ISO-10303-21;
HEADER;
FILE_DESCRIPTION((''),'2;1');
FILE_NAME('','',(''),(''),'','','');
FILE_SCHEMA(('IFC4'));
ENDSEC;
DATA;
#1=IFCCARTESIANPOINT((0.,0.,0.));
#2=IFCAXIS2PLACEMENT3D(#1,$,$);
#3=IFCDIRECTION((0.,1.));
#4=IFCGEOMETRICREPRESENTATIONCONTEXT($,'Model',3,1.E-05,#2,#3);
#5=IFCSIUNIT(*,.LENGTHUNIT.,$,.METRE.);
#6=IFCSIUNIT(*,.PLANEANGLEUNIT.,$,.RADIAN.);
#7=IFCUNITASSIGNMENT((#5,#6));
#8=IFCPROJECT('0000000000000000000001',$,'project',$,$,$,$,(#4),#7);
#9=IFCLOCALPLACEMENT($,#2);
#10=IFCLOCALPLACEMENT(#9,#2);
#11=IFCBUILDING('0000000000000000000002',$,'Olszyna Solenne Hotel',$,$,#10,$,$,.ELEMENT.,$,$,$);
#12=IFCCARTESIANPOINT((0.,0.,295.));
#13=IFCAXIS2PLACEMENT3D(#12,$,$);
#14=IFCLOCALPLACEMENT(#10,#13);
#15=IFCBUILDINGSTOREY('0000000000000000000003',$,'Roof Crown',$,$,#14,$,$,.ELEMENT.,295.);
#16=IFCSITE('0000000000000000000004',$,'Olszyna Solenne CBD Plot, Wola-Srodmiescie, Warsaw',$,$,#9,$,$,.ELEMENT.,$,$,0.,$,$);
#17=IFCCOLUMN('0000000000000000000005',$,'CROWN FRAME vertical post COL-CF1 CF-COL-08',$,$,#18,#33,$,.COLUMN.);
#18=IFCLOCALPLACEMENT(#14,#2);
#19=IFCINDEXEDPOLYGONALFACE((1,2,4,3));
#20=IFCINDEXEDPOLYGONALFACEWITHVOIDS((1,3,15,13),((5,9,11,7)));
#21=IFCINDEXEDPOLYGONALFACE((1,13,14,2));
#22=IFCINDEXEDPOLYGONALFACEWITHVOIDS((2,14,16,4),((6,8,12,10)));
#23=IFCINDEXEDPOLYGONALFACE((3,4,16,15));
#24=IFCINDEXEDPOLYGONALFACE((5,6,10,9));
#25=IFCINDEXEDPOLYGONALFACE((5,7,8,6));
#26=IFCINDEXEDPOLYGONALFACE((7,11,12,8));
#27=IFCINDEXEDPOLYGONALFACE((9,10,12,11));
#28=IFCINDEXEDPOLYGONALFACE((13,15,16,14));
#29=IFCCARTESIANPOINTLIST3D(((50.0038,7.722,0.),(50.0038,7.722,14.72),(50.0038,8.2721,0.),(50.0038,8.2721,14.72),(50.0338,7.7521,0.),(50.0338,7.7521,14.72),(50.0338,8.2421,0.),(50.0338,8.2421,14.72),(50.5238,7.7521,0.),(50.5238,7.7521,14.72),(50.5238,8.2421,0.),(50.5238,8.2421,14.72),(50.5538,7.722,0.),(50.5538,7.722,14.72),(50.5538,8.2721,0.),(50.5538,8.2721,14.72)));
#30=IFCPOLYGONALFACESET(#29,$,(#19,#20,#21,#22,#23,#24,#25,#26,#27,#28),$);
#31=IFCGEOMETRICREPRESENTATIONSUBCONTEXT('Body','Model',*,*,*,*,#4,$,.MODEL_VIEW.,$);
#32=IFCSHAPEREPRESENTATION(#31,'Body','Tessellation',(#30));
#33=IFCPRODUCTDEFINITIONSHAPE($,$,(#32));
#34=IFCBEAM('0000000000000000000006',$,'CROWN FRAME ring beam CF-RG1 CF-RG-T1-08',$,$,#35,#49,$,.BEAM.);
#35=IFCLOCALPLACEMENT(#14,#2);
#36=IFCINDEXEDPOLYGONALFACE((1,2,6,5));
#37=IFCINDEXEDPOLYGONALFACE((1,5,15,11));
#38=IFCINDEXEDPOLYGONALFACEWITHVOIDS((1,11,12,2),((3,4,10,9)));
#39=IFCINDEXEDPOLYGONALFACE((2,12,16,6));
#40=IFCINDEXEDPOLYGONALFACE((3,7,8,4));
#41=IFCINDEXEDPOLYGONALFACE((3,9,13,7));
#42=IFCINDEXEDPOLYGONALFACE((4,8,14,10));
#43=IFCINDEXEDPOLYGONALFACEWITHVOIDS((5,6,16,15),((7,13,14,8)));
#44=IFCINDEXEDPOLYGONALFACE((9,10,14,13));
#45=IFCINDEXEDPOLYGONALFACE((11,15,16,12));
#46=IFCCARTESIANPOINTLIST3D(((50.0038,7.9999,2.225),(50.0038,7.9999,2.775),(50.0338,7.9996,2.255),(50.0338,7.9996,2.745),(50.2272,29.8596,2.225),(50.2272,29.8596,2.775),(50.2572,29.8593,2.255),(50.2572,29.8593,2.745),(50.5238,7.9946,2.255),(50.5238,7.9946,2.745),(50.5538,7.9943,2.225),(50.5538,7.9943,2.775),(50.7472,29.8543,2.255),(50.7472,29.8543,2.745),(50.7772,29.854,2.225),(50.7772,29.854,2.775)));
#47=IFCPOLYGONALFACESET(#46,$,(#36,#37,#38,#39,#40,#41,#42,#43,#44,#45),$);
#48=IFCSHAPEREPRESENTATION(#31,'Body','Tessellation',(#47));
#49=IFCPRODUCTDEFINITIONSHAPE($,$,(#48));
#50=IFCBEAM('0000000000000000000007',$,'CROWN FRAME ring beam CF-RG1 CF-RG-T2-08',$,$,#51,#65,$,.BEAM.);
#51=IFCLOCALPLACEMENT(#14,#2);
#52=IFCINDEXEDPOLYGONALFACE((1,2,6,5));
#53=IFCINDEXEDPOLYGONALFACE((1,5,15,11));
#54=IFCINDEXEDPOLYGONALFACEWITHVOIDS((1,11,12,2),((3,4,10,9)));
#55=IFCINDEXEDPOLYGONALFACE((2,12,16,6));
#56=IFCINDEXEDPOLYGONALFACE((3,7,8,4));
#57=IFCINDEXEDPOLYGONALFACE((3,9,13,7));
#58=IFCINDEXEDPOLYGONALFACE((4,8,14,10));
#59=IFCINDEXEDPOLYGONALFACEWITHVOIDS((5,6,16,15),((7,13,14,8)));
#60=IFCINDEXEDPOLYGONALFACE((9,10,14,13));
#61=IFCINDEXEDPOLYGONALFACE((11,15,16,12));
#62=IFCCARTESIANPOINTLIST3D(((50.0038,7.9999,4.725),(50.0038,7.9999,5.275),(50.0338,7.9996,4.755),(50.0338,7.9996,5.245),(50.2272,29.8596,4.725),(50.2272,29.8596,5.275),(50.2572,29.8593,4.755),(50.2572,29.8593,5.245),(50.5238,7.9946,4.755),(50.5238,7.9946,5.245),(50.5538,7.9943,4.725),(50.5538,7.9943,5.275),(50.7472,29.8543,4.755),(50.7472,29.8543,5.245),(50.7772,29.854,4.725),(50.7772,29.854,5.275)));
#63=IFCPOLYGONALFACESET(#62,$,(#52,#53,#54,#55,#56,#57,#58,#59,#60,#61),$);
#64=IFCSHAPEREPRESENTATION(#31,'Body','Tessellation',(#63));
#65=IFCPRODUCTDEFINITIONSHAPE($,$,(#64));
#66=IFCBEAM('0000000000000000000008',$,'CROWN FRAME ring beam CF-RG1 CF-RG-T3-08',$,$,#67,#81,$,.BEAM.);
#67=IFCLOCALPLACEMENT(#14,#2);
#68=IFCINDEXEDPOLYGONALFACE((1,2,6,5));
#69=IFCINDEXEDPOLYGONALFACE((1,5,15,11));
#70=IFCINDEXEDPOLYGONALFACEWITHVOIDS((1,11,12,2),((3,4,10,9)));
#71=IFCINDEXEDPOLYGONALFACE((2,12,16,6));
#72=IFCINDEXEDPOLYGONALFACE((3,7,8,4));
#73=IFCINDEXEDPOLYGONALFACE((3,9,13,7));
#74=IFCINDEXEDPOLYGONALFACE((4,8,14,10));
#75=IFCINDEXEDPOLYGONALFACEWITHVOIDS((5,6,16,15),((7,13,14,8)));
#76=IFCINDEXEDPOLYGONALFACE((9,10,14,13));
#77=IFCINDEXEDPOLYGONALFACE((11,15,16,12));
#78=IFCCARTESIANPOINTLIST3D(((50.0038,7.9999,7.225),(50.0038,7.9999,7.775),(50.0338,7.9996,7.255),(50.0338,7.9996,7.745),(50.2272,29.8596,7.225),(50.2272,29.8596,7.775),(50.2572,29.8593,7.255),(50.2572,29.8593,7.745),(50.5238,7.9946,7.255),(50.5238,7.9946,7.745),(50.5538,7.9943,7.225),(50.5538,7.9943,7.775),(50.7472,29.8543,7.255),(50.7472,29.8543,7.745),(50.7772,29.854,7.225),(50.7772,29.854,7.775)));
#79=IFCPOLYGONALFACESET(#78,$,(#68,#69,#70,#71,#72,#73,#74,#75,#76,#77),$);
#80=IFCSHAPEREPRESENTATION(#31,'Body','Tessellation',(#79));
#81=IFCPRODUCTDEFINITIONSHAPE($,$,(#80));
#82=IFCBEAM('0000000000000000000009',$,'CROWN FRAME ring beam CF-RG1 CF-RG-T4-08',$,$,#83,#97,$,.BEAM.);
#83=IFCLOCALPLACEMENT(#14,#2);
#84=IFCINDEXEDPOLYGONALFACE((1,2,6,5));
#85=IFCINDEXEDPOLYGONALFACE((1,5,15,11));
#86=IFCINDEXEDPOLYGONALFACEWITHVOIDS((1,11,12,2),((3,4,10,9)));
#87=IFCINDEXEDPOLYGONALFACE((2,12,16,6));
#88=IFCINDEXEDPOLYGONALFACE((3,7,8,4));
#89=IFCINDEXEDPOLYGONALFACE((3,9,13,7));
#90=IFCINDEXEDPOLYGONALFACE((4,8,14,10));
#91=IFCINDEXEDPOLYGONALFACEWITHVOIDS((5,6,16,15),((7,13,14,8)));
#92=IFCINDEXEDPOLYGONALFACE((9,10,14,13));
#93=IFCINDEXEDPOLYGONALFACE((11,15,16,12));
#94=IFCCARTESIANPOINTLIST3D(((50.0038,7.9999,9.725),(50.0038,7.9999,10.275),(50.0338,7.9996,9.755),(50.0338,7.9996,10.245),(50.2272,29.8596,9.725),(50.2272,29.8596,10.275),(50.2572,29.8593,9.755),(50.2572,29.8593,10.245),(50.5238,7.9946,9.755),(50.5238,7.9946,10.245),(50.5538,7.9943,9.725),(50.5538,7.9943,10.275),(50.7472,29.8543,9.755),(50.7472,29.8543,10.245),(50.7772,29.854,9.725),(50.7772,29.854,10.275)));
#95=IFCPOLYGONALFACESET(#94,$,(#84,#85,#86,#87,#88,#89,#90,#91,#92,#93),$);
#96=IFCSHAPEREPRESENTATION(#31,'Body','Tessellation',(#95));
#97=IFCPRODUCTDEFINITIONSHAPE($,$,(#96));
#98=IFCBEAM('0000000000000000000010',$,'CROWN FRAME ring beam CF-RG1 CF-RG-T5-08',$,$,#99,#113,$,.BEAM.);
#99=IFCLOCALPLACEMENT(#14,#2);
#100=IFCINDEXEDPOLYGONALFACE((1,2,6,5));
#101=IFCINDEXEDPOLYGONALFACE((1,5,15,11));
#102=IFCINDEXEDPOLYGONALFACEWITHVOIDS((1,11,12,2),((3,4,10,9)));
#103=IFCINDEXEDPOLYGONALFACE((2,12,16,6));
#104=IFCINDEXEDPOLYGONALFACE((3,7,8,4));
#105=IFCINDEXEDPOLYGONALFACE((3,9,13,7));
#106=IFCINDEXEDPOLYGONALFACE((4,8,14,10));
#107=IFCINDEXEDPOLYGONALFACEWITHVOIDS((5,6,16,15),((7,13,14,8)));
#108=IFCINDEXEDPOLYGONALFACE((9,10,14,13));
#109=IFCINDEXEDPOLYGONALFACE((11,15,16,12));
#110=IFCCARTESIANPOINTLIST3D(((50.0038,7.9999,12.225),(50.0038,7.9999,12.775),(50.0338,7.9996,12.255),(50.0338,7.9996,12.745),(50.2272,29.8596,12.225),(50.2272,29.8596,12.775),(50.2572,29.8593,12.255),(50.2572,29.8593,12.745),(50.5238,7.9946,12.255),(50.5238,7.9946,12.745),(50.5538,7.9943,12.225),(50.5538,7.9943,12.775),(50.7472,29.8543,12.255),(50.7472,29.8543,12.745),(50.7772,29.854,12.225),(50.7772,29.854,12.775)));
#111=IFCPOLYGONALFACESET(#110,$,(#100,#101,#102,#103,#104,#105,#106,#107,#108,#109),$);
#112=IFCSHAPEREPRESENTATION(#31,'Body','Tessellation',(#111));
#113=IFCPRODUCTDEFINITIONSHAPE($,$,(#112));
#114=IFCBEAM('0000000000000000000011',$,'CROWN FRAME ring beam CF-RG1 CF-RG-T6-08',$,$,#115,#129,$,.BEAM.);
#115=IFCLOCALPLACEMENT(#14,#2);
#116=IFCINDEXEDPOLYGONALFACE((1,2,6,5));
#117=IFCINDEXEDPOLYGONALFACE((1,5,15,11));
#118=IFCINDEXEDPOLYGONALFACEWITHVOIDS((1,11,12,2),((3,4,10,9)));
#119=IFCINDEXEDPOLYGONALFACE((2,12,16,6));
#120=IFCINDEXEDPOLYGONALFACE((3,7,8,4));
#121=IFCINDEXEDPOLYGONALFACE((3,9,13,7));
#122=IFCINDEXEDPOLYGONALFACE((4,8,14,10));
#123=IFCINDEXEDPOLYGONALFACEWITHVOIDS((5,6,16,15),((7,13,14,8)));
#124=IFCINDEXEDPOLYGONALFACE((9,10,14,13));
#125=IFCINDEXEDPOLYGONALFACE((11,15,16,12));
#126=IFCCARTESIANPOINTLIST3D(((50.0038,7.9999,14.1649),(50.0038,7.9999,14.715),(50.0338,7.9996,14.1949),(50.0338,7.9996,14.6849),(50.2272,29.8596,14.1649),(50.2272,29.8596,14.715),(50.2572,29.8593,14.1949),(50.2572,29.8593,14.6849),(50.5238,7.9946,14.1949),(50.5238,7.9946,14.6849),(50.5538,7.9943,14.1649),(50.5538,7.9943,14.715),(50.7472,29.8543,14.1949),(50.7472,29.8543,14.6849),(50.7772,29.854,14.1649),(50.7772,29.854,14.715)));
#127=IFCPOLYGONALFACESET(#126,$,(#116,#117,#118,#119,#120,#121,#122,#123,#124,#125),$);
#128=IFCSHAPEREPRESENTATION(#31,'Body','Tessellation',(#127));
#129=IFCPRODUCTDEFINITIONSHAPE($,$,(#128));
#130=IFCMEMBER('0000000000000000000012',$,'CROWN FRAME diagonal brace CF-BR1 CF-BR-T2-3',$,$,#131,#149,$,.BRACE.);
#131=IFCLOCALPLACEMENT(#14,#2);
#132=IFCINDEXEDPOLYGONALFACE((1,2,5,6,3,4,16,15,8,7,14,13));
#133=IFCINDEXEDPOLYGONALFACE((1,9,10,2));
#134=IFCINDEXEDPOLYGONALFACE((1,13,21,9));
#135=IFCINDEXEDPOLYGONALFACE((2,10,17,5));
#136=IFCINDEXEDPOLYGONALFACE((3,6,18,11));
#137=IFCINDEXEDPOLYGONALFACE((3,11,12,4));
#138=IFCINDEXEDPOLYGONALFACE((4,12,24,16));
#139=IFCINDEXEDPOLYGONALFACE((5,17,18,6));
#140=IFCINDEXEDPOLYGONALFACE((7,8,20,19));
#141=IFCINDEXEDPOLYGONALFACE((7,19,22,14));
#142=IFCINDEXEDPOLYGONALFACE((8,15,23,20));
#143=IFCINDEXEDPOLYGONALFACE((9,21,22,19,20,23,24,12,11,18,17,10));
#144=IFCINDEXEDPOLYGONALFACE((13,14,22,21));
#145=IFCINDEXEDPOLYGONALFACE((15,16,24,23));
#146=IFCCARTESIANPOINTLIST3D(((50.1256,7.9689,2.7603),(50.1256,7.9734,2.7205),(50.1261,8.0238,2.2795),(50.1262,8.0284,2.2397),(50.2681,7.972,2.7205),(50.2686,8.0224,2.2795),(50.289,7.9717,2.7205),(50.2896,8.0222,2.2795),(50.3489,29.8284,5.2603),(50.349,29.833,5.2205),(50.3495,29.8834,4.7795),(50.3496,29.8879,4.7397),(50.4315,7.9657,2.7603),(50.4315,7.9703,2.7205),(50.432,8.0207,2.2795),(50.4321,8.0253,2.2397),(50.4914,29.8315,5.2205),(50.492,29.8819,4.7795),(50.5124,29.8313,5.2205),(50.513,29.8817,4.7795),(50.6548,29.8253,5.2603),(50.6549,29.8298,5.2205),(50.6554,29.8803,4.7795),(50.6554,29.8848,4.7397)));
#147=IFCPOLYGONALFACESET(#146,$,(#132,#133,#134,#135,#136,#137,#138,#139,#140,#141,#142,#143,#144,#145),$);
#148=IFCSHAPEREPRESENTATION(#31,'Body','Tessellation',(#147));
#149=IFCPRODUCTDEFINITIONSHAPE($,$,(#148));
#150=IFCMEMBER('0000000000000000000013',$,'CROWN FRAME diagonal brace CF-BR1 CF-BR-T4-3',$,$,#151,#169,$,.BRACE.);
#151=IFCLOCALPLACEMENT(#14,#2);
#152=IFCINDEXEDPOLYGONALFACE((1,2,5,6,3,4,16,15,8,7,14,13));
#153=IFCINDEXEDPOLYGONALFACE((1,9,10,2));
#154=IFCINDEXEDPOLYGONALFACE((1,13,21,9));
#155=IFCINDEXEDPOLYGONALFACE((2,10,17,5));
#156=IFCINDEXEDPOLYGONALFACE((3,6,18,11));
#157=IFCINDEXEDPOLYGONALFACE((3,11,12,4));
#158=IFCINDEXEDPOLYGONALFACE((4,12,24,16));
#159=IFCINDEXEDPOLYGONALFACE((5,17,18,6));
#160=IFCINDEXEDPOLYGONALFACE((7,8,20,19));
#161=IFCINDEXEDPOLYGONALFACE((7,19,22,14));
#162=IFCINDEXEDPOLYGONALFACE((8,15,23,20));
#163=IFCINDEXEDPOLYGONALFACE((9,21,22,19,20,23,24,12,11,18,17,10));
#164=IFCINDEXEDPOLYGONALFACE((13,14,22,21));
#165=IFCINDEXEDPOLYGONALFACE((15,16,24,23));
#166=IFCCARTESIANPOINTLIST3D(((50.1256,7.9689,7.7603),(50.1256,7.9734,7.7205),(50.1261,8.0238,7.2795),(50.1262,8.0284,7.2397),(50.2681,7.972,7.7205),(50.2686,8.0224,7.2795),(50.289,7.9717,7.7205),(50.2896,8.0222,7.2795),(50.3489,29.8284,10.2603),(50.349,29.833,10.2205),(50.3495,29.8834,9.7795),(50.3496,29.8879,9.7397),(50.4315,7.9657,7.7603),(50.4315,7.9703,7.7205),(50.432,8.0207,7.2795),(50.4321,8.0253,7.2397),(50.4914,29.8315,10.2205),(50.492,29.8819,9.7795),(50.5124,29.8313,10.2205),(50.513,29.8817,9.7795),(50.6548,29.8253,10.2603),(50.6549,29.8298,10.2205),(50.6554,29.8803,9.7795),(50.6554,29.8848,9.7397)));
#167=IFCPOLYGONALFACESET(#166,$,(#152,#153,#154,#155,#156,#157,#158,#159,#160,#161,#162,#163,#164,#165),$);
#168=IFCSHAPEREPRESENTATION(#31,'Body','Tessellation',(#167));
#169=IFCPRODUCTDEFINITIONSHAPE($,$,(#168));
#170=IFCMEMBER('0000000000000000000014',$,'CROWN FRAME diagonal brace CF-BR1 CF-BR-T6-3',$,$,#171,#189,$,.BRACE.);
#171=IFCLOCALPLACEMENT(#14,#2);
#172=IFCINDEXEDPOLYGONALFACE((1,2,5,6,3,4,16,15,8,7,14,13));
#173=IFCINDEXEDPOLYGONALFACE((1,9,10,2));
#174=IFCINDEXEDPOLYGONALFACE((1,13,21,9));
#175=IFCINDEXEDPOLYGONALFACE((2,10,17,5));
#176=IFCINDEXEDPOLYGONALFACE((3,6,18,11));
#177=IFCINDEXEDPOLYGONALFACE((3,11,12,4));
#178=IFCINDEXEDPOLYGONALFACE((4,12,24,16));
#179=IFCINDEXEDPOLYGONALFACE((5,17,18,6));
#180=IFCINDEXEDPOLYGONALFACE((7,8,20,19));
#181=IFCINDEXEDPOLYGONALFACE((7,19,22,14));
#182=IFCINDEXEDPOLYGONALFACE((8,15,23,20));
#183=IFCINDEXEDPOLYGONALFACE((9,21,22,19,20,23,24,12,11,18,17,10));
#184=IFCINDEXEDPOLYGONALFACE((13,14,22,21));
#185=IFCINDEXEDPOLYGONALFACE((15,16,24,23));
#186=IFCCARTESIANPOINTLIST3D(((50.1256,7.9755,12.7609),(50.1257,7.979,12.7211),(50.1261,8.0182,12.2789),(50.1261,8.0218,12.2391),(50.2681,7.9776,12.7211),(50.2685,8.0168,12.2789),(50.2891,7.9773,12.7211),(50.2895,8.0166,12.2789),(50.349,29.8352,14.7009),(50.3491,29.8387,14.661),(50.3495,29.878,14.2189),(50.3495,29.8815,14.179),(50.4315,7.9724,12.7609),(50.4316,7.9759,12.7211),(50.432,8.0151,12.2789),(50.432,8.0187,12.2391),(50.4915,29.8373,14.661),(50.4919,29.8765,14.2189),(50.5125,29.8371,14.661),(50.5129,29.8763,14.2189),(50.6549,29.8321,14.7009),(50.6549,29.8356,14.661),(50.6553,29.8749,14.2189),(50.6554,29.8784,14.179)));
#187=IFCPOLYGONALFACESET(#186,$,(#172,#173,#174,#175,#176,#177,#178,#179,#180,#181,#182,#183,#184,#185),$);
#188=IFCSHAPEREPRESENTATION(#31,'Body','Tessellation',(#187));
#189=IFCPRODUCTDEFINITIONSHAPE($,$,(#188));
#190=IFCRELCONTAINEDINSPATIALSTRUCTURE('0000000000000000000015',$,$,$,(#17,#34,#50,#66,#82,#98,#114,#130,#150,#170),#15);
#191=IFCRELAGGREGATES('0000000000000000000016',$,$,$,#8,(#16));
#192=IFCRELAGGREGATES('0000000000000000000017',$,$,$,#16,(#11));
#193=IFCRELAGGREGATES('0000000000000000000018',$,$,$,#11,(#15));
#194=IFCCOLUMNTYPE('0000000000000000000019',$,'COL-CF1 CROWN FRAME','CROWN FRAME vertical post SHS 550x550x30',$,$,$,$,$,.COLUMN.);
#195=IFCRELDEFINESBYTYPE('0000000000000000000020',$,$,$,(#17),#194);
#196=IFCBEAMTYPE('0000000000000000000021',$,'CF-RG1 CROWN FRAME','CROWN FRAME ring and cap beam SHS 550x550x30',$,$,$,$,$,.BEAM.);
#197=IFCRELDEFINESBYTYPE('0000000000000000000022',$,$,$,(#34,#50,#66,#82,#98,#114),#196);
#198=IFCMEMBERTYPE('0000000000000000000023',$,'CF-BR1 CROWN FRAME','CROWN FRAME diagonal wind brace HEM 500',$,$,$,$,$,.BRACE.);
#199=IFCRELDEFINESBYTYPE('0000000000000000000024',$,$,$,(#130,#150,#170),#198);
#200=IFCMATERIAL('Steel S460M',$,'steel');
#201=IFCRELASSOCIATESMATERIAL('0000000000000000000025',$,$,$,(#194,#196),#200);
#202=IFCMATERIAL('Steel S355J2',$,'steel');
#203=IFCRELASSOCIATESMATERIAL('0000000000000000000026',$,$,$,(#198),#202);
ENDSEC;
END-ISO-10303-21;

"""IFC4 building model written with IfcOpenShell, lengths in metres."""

from ifc_helpers import new_model, si_unit, direction, frame, origin, origin_2d, place, context, subcontext, project, spatial, hollow_rectangle, i_section, extrude, source, transform, mapped, material, material_profile, profile_set, type_object, element, save


model = new_model("IFC4")

# Units and contexts
model_context = context("Model", 3, precision=1e-05, world=origin(), true_north=direction((0.0, 1.0)))
body_context = subcontext(model_context, "Body", "Model", "MODEL_VIEW")
ifc_project = project(units=[si_unit("LENGTHUNIT", "METRE"), si_unit("PLANEANGLEUNIT", "RADIAN")], contexts=[model_context])

# Site, building, storey
site_placement = place(None, origin())
site = spatial("IfcSite", under=ifc_project, at=site_placement, Name="Olszyna Solenne CBD Plot, Wola-Srodmiescie, Warsaw", CompositionType="ELEMENT", RefElevation=0.0)
building_placement = place(site_placement, origin())
building = spatial("IfcBuilding", under=site, at=building_placement, Name="Olszyna Solenne Hotel", CompositionType="ELEMENT")
storey_placement = place(building_placement, frame((0.0, 0.0, 295.0)))
storey = spatial("IfcBuildingStorey", under=building, at=storey_placement, Name="Roof Crown", CompositionType="ELEMENT", Elevation=295.0)

# Column
ifc_material_1 = material(Name="Steel S460M", Category="steel")
ifc_material_profile_1 = material_profile(ifc_material_1, hollow_rectangle(XDim=0.55, YDim=0.55, WallThickness=0.03, at=origin_2d()), Name="SHS 550x550x30", Category="load-bearing")
ifc_profile_set_1 = profile_set([ifc_material_profile_1], Name="Steel S460M")
column_type = type_object("IfcColumnType", Name="COL-CF1 CROWN FRAME", Description="CROWN FRAME vertical post SHS 550x550x30", PredefinedType="COLUMN", material=ifc_profile_set_1)
shared_shape_1 = source(origin(), body_context, "Body", "SweptSolid", [
    extrude(hollow_rectangle(XDim=0.55, YDim=0.55, WallThickness=0.03, at=origin_2d()), origin(), (0.0, 0.0, 1.0), 14.72),
])
column_placement = place(storey_placement, frame((50.2788, 7.9971, 0.0), z_axis=(0.0, 0.0, 1.0), x_axis=(1.0, 0.0, 0.0)))
element("IfcColumn", 1, at=column_placement, inside=storey, type_object=column_type, Name="CROWN FRAME vertical post COL-CF1 CF-COL-08", PredefinedType="COLUMN", context=body_context, shape_type="MappedRepresentation", body=[
    mapped(shared_shape_1, transform((0.0, 0.0, 0.0), x_axis=(1.0, 0.0, 0.0), y_axis=(0.0, 1.0, 0.0), z_axis=(0.0, 0.0, 1.0), scale=1.0)),
])

# Beams
ifc_material_profile_2 = material_profile(ifc_material_1, hollow_rectangle(XDim=0.55, YDim=0.55, WallThickness=0.03, at=origin_2d()), Name="SHS 550x550x30", Category="load-bearing")
ifc_profile_set_2 = profile_set([ifc_material_profile_2], Name="Steel S460M")
beam_type = type_object("IfcBeamType", Name="CF-RG1 CROWN FRAME", Description="CROWN FRAME ring and cap beam SHS 550x550x30", PredefinedType="BEAM", material=ifc_profile_set_2)
shared_shape_2 = source(origin(), body_context, "Body", "SweptSolid", [
    extrude(hollow_rectangle(XDim=0.55, YDim=0.55, WallThickness=0.03, at=origin_2d()), origin(), (0.0, 0.0, 1.0), 21.8608),
])
for number, where, z_axis, x_axis, name in (
    (2, (50.2788, 7.9971, 2.5), (0.010219, 0.999948, 0.0), (-0.999948, 0.010219, 0.0), "CROWN FRAME ring beam CF-RG1 CF-RG-T1-08"),
    (3, (50.2788, 7.9971, 5.0), (0.010219, 0.999948, 0.0), (-0.999948, 0.010219, 0.0), "CROWN FRAME ring beam CF-RG1 CF-RG-T2-08"),
    (4, (50.2788, 7.9971, 7.5), (0.010219, 0.999948, 0.0), (-0.999948, 0.010219, 0.0), "CROWN FRAME ring beam CF-RG1 CF-RG-T3-08"),
    (5, (50.2788, 7.9971, 10.0), (0.010219, 0.999948, 0.0), (-0.999948, 0.010219, 0.0), "CROWN FRAME ring beam CF-RG1 CF-RG-T4-08"),
    (6, (50.2788, 7.9971, 12.5), (0.010219, 0.999948, 0.0), (-0.999948, 0.010219, 0.0), "CROWN FRAME ring beam CF-RG1 CF-RG-T5-08"),
    (7, (50.2788, 7.9971, 14.4399), (0.010219, 0.999948, 0.0), (-0.999948, 0.010219, 0.0), "CROWN FRAME ring beam CF-RG1 CF-RG-T6-08"),
):
    element("IfcBeam", number, at=place(storey_placement, frame(where, z_axis=z_axis, x_axis=x_axis)), inside=storey, type_object=beam_type, Name=name, PredefinedType="BEAM", context=body_context, shape_type="MappedRepresentation", body=[
        mapped(shared_shape_2, transform((0.0, 0.0, 0.0), x_axis=(1.0, 0.0, 0.0), y_axis=(0.0, 1.0, 0.0), z_axis=(0.0, 0.0, 1.0), scale=1.0)),
    ])

# Members
ifc_material_2 = material(Name="Steel S355J2", Category="steel")
ifc_material_profile_3 = material_profile(ifc_material_2, i_section(OverallWidth=0.3059, OverallDepth=0.5239, WebThickness=0.021, FlangeThickness=0.04, at=origin_2d()), Name="HEM 500", Category="load-bearing")
ifc_profile_set_3 = profile_set([ifc_material_profile_3], Name="Steel S355J2")
member_type = type_object("IfcMemberType", Name="CF-BR1 CROWN FRAME", Description="CROWN FRAME diagonal wind brace HEM 500", PredefinedType="BRACE", material=ifc_profile_set_3)
shared_shape_3 = source(origin(), body_context, "Body", "SweptSolid", [
    extrude(i_section(OverallWidth=0.3059, OverallDepth=0.5239, WebThickness=0.021, FlangeThickness=0.04, at=origin_2d()), origin(), (0.0, 0.0, 1.0), 22.0032),
])
for number, where, z_axis, x_axis, name in (
    (8, (50.2788, 7.9971, 2.5), (0.010153, 0.993472, 0.11362), (-0.999948, 0.010219, 0.0), "CROWN FRAME diagonal brace CF-BR1 CF-BR-T2-3"),
    (9, (50.2788, 7.9971, 7.5), (0.010153, 0.993472, 0.11362), (-0.999948, 0.010219, 0.0), "CROWN FRAME diagonal brace CF-BR1 CF-BR-T4-3"),
):
    element("IfcMember", number, at=place(storey_placement, frame(where, z_axis=z_axis, x_axis=x_axis)), inside=storey, type_object=member_type, Name=name, PredefinedType="BRACE", context=body_context, shape_type="MappedRepresentation", body=[
        mapped(shared_shape_3, transform((0.0, 0.0, 0.0), x_axis=(1.0, 0.0, 0.0), y_axis=(0.0, 1.0, 0.0), z_axis=(0.0, 0.0, 1.0), scale=1.0)),
    ])
shared_shape_4 = source(origin(), body_context, "Body", "SweptSolid", [
    extrude(i_section(OverallWidth=0.3059, OverallDepth=0.5239, WebThickness=0.021, FlangeThickness=0.04, at=origin_2d()), origin(), (0.0, 0.0, 1.0), 21.9468),
])
member_placement = place(storey_placement, frame((50.2788, 7.9971, 12.5), z_axis=(0.010179, 0.996034, 0.088393), x_axis=(-0.999948, 0.010219, 0.0)))
element("IfcMember", 10, at=member_placement, inside=storey, type_object=member_type, Name="CROWN FRAME diagonal brace CF-BR1 CF-BR-T6-3", PredefinedType="BRACE", context=body_context, shape_type="MappedRepresentation", body=[
    mapped(shared_shape_4, transform((0.0, 0.0, 0.0), x_axis=(1.0, 0.0, 0.0), y_axis=(0.0, 1.0, 0.0), z_axis=(0.0, 0.0, 1.0), scale=1.0)),
])

save(model, "model.ifc")
